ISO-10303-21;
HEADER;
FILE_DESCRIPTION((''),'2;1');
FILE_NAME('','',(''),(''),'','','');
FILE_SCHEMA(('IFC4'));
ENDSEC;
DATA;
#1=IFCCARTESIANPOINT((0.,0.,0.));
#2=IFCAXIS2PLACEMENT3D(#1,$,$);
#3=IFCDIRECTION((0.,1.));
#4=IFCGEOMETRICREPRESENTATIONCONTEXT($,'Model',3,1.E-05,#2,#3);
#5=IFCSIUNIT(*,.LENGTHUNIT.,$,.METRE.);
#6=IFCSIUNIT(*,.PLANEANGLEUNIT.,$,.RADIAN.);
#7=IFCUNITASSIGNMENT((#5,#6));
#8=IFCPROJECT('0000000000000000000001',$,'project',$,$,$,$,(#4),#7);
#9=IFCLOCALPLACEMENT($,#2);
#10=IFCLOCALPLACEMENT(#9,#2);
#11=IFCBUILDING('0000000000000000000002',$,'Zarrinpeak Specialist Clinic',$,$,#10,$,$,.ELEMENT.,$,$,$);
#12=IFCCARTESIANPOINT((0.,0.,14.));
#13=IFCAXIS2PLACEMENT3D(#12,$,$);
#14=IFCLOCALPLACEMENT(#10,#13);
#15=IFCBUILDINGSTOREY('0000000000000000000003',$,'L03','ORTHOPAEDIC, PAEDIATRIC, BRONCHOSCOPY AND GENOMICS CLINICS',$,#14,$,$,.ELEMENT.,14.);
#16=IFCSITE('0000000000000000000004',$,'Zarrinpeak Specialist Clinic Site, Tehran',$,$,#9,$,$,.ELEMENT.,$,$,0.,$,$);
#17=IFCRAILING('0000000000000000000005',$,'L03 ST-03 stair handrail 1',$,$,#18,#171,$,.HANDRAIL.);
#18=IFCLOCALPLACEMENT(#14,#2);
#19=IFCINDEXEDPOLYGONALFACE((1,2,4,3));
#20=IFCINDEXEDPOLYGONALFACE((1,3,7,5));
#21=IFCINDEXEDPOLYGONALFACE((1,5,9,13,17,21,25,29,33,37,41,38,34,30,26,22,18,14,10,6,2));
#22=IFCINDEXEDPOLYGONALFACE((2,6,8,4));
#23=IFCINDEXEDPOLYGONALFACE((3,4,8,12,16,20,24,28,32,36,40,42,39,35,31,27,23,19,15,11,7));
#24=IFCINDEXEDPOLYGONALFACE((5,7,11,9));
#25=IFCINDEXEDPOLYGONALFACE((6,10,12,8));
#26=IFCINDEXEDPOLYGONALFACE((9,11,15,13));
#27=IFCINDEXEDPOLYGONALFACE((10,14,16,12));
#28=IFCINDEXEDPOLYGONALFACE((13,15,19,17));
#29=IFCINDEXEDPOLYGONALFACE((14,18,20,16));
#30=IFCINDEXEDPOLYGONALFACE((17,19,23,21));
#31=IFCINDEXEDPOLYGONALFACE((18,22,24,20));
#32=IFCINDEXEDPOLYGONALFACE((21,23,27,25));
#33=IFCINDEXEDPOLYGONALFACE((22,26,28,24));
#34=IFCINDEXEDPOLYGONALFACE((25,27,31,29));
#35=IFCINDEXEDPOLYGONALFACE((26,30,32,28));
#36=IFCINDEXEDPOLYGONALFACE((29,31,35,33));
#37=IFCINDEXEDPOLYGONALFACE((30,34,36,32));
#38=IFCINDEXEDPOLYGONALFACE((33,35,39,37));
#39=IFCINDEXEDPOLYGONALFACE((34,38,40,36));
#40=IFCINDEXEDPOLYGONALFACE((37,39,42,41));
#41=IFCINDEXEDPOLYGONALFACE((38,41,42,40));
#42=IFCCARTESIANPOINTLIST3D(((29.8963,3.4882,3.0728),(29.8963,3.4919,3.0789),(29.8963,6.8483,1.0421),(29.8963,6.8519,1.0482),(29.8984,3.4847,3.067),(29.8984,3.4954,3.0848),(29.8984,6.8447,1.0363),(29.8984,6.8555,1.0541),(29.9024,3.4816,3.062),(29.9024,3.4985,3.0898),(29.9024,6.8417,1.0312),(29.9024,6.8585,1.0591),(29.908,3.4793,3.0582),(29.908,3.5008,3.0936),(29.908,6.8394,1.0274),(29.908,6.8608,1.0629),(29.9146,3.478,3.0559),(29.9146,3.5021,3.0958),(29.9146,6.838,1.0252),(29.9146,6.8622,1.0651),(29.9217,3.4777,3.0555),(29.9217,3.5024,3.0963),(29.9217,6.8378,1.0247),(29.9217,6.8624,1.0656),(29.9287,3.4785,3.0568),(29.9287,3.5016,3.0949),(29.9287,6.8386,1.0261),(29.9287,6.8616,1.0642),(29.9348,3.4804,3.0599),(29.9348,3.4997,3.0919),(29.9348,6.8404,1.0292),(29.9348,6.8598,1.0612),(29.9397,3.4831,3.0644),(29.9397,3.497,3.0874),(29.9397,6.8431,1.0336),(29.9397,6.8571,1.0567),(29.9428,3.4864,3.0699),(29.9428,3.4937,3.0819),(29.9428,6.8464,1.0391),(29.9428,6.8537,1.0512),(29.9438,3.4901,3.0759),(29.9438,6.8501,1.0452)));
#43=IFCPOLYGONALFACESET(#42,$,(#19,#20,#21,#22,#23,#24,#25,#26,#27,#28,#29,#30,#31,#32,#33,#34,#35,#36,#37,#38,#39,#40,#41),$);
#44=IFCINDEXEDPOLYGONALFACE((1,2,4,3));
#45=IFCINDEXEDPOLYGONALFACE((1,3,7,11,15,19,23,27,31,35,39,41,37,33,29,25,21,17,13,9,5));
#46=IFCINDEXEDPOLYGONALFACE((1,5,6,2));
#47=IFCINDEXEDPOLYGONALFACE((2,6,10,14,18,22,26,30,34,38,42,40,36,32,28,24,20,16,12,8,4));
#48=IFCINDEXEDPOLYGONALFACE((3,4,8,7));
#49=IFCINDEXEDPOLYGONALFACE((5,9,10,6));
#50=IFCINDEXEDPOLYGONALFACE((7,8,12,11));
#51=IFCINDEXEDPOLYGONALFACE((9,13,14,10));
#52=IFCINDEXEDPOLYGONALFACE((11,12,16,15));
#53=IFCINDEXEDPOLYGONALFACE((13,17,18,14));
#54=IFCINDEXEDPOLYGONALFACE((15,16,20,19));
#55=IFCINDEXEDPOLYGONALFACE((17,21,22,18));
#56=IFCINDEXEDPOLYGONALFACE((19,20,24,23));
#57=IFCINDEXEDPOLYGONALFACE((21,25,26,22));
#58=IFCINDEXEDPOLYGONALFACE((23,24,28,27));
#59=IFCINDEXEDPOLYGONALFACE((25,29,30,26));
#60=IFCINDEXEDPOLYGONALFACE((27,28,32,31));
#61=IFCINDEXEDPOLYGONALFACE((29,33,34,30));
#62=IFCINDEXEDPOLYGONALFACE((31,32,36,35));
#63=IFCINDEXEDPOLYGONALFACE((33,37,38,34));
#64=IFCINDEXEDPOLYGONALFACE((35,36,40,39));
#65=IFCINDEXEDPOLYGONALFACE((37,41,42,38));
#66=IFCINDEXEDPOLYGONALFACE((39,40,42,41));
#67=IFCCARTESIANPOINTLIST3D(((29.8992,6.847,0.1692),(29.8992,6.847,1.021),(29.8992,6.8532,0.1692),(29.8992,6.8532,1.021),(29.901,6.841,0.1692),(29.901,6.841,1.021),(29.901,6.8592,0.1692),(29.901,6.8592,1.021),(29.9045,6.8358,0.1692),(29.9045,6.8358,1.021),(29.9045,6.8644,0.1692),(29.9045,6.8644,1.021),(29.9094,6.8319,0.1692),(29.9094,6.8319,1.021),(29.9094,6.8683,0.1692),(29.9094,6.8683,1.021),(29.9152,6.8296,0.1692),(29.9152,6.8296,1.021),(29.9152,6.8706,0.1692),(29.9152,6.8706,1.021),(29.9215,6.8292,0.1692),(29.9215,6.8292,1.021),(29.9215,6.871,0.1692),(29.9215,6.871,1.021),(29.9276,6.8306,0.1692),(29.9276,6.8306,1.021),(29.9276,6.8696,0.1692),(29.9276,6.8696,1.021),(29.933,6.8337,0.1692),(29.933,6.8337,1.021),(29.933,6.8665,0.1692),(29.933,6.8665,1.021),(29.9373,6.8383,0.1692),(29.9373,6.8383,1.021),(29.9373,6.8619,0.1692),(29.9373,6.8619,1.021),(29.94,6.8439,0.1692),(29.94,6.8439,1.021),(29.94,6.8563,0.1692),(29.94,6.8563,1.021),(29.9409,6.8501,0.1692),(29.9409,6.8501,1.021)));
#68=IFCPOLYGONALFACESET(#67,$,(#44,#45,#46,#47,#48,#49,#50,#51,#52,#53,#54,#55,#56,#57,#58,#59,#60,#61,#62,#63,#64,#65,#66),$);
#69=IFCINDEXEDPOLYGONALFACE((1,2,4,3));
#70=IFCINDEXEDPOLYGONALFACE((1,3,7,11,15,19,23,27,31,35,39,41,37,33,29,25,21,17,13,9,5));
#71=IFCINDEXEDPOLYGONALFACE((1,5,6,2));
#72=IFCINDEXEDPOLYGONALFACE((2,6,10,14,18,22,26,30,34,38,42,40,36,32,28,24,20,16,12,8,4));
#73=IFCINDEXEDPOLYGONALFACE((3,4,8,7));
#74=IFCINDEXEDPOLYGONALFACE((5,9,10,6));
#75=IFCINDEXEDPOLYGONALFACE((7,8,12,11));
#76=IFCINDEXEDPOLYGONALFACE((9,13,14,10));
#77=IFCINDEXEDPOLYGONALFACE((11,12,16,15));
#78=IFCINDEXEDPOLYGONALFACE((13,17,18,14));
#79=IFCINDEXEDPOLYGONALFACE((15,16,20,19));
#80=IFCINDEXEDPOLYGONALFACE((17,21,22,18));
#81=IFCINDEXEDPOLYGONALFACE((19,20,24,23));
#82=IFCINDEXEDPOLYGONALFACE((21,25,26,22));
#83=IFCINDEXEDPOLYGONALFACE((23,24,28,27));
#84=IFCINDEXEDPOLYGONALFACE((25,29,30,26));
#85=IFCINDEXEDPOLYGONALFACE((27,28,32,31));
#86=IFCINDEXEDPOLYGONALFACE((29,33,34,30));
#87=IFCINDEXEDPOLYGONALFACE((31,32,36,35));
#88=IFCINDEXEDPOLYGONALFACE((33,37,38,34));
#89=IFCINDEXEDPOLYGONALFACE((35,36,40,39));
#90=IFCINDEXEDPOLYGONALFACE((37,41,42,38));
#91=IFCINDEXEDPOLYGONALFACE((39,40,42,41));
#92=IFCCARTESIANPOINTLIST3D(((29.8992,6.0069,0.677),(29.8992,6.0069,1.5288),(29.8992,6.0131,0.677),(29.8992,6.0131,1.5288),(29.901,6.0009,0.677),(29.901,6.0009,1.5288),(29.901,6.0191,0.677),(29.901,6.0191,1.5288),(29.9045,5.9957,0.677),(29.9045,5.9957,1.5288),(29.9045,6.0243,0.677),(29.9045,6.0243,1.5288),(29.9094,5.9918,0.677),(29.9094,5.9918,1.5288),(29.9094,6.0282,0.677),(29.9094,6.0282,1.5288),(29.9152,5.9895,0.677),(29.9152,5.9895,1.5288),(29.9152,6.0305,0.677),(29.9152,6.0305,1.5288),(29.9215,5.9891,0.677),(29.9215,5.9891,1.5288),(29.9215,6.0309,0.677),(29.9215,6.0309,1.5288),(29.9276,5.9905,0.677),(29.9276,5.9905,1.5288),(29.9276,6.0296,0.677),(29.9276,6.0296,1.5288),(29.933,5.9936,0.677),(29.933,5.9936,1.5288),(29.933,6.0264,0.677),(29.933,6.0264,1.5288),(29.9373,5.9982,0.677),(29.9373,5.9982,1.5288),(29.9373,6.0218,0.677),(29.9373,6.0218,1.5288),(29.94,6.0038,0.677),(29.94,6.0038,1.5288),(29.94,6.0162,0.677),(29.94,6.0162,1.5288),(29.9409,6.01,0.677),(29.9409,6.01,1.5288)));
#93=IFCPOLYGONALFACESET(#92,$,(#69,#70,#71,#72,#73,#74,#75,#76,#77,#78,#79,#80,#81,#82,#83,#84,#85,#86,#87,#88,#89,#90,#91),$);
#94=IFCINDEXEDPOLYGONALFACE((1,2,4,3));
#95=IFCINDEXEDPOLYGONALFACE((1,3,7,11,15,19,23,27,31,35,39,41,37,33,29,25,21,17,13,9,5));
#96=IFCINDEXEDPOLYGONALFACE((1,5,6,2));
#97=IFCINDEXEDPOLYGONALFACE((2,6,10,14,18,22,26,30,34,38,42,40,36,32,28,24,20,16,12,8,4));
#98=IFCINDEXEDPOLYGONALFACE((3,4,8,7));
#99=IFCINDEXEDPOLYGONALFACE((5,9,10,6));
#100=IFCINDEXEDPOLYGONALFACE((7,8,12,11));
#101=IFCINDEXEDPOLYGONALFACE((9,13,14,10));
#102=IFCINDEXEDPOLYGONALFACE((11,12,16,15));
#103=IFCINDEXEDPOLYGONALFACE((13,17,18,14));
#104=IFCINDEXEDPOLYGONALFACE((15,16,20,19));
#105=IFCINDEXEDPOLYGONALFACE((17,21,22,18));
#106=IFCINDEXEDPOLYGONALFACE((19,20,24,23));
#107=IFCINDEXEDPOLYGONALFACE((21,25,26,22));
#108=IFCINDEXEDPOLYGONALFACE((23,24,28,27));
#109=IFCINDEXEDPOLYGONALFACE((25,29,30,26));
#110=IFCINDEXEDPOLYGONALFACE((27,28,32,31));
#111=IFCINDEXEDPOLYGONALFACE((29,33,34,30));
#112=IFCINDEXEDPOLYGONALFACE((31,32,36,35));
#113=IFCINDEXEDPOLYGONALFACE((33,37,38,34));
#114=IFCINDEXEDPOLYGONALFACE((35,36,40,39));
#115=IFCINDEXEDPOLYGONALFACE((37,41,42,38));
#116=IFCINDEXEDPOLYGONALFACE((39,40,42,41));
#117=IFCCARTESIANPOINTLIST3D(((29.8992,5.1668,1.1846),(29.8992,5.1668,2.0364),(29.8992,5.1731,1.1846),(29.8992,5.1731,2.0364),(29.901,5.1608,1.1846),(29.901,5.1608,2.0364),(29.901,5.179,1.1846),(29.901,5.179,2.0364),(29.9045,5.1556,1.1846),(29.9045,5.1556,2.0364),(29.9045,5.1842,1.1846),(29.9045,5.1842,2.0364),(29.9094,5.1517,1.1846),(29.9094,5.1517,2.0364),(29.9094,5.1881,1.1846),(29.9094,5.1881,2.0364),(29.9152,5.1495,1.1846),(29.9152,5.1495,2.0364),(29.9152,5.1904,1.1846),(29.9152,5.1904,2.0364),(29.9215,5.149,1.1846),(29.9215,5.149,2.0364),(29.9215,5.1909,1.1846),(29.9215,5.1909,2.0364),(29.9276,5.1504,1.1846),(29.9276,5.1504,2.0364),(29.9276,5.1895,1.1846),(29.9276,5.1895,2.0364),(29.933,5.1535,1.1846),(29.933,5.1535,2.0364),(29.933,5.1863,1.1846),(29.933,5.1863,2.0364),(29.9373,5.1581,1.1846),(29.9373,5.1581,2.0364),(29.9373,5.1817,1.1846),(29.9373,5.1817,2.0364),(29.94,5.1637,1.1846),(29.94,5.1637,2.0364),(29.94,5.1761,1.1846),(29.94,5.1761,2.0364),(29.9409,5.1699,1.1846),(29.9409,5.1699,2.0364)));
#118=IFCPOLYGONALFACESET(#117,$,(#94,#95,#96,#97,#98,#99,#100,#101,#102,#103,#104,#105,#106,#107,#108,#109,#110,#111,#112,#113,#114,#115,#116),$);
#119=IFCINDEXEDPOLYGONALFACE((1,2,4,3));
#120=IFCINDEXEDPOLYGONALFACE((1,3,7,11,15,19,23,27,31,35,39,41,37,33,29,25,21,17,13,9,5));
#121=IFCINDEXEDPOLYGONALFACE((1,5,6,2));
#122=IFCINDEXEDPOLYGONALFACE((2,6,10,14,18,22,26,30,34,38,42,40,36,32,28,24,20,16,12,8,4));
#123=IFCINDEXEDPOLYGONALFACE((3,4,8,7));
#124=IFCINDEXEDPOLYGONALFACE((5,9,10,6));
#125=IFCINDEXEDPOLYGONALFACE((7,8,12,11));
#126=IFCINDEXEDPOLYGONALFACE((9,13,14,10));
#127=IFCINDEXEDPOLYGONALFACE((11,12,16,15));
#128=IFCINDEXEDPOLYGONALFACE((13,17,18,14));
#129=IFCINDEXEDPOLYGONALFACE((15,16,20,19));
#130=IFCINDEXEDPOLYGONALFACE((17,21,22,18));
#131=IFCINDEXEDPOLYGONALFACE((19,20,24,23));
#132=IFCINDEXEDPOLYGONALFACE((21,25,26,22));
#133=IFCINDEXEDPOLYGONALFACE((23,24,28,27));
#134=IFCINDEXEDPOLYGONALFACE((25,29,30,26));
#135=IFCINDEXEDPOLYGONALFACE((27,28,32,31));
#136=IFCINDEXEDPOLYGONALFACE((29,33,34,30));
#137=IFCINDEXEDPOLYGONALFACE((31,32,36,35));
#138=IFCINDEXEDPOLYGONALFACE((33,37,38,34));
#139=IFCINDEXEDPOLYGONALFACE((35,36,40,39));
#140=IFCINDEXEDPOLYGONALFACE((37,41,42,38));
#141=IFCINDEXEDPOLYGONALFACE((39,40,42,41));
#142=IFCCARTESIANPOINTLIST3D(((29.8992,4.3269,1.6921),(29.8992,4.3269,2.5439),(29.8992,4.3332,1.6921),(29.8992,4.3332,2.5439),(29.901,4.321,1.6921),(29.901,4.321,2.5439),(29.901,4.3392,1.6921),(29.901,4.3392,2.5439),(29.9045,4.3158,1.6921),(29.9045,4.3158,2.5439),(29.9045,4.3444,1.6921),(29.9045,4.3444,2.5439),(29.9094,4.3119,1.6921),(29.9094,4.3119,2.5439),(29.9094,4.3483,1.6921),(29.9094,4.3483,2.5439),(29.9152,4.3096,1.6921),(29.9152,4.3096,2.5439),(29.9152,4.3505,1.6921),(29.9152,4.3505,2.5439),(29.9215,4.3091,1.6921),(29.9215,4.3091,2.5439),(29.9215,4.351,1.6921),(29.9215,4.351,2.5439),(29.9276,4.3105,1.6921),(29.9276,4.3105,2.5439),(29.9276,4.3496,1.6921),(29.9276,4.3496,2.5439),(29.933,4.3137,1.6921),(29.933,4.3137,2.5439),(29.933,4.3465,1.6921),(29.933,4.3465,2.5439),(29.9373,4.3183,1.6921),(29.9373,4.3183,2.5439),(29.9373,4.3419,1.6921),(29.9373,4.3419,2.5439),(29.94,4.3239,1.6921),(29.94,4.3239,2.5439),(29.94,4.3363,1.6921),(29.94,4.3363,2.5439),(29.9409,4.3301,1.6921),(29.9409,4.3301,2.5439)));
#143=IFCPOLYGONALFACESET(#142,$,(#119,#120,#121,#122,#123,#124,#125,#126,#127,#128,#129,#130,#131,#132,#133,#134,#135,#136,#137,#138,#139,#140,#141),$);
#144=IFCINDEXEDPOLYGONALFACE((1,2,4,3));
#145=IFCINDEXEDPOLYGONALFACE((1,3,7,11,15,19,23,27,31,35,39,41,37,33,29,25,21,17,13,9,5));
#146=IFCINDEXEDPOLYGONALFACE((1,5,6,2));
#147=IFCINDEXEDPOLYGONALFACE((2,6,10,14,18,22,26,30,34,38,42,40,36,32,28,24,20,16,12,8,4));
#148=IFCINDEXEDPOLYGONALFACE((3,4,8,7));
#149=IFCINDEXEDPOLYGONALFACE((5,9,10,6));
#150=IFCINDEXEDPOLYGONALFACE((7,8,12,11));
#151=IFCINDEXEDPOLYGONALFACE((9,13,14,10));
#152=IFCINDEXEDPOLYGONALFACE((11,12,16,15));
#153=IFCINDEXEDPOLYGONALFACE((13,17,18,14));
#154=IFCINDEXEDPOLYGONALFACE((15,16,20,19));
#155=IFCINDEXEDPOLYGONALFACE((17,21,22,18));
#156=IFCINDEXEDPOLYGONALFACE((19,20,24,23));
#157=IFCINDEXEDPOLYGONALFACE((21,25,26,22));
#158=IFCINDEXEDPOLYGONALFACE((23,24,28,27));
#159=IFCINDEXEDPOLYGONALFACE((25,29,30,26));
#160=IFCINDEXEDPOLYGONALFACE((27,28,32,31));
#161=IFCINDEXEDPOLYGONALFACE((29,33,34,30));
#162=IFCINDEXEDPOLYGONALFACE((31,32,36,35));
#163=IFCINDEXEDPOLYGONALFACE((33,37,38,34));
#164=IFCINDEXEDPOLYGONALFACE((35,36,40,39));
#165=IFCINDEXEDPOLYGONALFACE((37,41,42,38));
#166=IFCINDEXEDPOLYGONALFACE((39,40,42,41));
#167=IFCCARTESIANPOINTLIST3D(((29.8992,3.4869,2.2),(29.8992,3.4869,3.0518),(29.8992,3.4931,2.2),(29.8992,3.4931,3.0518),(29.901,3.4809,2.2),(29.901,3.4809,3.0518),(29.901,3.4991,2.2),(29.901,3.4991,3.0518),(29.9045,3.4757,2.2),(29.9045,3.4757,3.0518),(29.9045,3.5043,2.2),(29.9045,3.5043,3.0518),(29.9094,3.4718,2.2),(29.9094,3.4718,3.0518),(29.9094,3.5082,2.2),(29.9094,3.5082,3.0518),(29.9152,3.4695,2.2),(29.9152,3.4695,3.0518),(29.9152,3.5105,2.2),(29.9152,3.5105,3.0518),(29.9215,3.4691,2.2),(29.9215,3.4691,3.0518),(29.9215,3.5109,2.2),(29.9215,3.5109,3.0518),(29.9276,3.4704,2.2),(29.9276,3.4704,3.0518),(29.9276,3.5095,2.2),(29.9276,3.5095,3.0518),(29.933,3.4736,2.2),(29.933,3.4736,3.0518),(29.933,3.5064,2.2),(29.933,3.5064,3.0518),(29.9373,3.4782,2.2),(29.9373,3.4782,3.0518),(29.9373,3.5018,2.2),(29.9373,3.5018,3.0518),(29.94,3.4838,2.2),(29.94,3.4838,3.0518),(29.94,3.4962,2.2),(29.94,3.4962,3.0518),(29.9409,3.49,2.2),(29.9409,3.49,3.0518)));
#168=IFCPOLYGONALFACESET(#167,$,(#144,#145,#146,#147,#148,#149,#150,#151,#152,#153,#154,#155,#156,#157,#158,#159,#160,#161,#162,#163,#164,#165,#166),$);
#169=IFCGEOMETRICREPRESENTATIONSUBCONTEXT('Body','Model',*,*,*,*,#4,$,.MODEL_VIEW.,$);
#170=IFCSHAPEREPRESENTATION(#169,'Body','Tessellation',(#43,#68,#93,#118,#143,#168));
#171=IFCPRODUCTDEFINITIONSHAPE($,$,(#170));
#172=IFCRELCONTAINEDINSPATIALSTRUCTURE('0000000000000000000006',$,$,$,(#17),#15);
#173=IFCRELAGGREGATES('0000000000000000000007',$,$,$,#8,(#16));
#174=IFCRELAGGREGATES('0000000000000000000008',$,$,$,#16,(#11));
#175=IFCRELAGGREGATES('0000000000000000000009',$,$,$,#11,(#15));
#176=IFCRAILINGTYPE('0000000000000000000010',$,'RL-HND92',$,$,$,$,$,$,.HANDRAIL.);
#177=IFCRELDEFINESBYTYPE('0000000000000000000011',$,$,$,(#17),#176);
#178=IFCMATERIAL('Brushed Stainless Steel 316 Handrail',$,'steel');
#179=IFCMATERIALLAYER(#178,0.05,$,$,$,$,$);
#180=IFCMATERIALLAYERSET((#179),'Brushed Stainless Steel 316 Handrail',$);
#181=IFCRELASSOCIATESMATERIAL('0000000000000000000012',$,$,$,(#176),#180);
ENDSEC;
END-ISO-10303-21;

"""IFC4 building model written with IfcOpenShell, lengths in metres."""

from ifc_helpers import new_model, si_unit, direction, frame, origin, origin_2d, place, context, subcontext, project, spatial, circle, extrude, material, layer, layer_set, type_object, element, save


model = new_model("IFC4")

# Units and contexts
model_context = context("Model", 3, precision=1e-05, world=origin(), true_north=direction((0.0, 1.0)))
body_context = subcontext(model_context, "Body", "Model", "MODEL_VIEW")
ifc_project = project(units=[si_unit("LENGTHUNIT", "METRE"), si_unit("PLANEANGLEUNIT", "RADIAN")], contexts=[model_context])

# Site, building, storey
site_placement = place(None, origin())
site = spatial("IfcSite", under=ifc_project, at=site_placement, Name="Zarrinpeak Specialist Clinic Site, Tehran", CompositionType="ELEMENT", RefElevation=0.0)
building_placement = place(site_placement, origin())
building = spatial("IfcBuilding", under=site, at=building_placement, Name="Zarrinpeak Specialist Clinic", CompositionType="ELEMENT")
storey_placement = place(building_placement, frame((0.0, 0.0, 14.0)))
storey = spatial("IfcBuildingStorey", under=building, at=storey_placement, Name="L03", Description="ORTHOPAEDIC, PAEDIATRIC, BRONCHOSCOPY AND GENOMICS CLINICS", CompositionType="ELEMENT", Elevation=14.0)

# Railing
ifc_material_1 = material(Name="Brushed Stainless Steel 316 Handrail", Category="steel")
ifc_layer_1 = layer(ifc_material_1, 0.05)
ifc_layer_set_1 = layer_set([ifc_layer_1], Name="Brushed Stainless Steel 316 Handrail")
railing_type_1 = type_object("IfcRailingType", Name="RL-HND92", PredefinedType="HANDRAIL", material=ifc_layer_set_1)
railing_1_placement = place(storey_placement, frame((29.9199, 6.8501, 0.1692)))
element("IfcRailing", 1, at=railing_1_placement, inside=storey, type_object=railing_type_1, Name="L03 ST-03 stair handrail 1", PredefinedType="HANDRAIL", context=body_context, shape_type="SweptSolid", body=[
    extrude(circle(Radius=0.0239, at=origin_2d()), frame((0.0, 0.0, 0.876), z_axis=(0.0, -0.855837, 0.517246), x_axis=(1.0, 0.0, 0.0)), (0.0, 0.0, 1.0), 3.926),
    extrude(circle(Radius=0.021, at=origin_2d()), origin(), (0.0, 0.0, 1.0), 0.8518),
    extrude(circle(Radius=0.021, at=origin_2d()), frame((0.0, -0.8401, 0.5078)), (0.0, 0.0, 1.0), 0.8518),
    extrude(circle(Radius=0.021, at=origin_2d()), frame((0.0, -1.6802, 1.0154)), (0.0, 0.0, 1.0), 0.8518),
    extrude(circle(Radius=0.021, at=origin_2d()), frame((0.0, -2.52, 1.5229)), (0.0, 0.0, 1.0), 0.8518),
    extrude(circle(Radius=0.021, at=origin_2d()), frame((0.0, -3.3601, 2.0308)), (0.0, 0.0, 1.0), 0.8518),
])

save(model, "model.ifc")
